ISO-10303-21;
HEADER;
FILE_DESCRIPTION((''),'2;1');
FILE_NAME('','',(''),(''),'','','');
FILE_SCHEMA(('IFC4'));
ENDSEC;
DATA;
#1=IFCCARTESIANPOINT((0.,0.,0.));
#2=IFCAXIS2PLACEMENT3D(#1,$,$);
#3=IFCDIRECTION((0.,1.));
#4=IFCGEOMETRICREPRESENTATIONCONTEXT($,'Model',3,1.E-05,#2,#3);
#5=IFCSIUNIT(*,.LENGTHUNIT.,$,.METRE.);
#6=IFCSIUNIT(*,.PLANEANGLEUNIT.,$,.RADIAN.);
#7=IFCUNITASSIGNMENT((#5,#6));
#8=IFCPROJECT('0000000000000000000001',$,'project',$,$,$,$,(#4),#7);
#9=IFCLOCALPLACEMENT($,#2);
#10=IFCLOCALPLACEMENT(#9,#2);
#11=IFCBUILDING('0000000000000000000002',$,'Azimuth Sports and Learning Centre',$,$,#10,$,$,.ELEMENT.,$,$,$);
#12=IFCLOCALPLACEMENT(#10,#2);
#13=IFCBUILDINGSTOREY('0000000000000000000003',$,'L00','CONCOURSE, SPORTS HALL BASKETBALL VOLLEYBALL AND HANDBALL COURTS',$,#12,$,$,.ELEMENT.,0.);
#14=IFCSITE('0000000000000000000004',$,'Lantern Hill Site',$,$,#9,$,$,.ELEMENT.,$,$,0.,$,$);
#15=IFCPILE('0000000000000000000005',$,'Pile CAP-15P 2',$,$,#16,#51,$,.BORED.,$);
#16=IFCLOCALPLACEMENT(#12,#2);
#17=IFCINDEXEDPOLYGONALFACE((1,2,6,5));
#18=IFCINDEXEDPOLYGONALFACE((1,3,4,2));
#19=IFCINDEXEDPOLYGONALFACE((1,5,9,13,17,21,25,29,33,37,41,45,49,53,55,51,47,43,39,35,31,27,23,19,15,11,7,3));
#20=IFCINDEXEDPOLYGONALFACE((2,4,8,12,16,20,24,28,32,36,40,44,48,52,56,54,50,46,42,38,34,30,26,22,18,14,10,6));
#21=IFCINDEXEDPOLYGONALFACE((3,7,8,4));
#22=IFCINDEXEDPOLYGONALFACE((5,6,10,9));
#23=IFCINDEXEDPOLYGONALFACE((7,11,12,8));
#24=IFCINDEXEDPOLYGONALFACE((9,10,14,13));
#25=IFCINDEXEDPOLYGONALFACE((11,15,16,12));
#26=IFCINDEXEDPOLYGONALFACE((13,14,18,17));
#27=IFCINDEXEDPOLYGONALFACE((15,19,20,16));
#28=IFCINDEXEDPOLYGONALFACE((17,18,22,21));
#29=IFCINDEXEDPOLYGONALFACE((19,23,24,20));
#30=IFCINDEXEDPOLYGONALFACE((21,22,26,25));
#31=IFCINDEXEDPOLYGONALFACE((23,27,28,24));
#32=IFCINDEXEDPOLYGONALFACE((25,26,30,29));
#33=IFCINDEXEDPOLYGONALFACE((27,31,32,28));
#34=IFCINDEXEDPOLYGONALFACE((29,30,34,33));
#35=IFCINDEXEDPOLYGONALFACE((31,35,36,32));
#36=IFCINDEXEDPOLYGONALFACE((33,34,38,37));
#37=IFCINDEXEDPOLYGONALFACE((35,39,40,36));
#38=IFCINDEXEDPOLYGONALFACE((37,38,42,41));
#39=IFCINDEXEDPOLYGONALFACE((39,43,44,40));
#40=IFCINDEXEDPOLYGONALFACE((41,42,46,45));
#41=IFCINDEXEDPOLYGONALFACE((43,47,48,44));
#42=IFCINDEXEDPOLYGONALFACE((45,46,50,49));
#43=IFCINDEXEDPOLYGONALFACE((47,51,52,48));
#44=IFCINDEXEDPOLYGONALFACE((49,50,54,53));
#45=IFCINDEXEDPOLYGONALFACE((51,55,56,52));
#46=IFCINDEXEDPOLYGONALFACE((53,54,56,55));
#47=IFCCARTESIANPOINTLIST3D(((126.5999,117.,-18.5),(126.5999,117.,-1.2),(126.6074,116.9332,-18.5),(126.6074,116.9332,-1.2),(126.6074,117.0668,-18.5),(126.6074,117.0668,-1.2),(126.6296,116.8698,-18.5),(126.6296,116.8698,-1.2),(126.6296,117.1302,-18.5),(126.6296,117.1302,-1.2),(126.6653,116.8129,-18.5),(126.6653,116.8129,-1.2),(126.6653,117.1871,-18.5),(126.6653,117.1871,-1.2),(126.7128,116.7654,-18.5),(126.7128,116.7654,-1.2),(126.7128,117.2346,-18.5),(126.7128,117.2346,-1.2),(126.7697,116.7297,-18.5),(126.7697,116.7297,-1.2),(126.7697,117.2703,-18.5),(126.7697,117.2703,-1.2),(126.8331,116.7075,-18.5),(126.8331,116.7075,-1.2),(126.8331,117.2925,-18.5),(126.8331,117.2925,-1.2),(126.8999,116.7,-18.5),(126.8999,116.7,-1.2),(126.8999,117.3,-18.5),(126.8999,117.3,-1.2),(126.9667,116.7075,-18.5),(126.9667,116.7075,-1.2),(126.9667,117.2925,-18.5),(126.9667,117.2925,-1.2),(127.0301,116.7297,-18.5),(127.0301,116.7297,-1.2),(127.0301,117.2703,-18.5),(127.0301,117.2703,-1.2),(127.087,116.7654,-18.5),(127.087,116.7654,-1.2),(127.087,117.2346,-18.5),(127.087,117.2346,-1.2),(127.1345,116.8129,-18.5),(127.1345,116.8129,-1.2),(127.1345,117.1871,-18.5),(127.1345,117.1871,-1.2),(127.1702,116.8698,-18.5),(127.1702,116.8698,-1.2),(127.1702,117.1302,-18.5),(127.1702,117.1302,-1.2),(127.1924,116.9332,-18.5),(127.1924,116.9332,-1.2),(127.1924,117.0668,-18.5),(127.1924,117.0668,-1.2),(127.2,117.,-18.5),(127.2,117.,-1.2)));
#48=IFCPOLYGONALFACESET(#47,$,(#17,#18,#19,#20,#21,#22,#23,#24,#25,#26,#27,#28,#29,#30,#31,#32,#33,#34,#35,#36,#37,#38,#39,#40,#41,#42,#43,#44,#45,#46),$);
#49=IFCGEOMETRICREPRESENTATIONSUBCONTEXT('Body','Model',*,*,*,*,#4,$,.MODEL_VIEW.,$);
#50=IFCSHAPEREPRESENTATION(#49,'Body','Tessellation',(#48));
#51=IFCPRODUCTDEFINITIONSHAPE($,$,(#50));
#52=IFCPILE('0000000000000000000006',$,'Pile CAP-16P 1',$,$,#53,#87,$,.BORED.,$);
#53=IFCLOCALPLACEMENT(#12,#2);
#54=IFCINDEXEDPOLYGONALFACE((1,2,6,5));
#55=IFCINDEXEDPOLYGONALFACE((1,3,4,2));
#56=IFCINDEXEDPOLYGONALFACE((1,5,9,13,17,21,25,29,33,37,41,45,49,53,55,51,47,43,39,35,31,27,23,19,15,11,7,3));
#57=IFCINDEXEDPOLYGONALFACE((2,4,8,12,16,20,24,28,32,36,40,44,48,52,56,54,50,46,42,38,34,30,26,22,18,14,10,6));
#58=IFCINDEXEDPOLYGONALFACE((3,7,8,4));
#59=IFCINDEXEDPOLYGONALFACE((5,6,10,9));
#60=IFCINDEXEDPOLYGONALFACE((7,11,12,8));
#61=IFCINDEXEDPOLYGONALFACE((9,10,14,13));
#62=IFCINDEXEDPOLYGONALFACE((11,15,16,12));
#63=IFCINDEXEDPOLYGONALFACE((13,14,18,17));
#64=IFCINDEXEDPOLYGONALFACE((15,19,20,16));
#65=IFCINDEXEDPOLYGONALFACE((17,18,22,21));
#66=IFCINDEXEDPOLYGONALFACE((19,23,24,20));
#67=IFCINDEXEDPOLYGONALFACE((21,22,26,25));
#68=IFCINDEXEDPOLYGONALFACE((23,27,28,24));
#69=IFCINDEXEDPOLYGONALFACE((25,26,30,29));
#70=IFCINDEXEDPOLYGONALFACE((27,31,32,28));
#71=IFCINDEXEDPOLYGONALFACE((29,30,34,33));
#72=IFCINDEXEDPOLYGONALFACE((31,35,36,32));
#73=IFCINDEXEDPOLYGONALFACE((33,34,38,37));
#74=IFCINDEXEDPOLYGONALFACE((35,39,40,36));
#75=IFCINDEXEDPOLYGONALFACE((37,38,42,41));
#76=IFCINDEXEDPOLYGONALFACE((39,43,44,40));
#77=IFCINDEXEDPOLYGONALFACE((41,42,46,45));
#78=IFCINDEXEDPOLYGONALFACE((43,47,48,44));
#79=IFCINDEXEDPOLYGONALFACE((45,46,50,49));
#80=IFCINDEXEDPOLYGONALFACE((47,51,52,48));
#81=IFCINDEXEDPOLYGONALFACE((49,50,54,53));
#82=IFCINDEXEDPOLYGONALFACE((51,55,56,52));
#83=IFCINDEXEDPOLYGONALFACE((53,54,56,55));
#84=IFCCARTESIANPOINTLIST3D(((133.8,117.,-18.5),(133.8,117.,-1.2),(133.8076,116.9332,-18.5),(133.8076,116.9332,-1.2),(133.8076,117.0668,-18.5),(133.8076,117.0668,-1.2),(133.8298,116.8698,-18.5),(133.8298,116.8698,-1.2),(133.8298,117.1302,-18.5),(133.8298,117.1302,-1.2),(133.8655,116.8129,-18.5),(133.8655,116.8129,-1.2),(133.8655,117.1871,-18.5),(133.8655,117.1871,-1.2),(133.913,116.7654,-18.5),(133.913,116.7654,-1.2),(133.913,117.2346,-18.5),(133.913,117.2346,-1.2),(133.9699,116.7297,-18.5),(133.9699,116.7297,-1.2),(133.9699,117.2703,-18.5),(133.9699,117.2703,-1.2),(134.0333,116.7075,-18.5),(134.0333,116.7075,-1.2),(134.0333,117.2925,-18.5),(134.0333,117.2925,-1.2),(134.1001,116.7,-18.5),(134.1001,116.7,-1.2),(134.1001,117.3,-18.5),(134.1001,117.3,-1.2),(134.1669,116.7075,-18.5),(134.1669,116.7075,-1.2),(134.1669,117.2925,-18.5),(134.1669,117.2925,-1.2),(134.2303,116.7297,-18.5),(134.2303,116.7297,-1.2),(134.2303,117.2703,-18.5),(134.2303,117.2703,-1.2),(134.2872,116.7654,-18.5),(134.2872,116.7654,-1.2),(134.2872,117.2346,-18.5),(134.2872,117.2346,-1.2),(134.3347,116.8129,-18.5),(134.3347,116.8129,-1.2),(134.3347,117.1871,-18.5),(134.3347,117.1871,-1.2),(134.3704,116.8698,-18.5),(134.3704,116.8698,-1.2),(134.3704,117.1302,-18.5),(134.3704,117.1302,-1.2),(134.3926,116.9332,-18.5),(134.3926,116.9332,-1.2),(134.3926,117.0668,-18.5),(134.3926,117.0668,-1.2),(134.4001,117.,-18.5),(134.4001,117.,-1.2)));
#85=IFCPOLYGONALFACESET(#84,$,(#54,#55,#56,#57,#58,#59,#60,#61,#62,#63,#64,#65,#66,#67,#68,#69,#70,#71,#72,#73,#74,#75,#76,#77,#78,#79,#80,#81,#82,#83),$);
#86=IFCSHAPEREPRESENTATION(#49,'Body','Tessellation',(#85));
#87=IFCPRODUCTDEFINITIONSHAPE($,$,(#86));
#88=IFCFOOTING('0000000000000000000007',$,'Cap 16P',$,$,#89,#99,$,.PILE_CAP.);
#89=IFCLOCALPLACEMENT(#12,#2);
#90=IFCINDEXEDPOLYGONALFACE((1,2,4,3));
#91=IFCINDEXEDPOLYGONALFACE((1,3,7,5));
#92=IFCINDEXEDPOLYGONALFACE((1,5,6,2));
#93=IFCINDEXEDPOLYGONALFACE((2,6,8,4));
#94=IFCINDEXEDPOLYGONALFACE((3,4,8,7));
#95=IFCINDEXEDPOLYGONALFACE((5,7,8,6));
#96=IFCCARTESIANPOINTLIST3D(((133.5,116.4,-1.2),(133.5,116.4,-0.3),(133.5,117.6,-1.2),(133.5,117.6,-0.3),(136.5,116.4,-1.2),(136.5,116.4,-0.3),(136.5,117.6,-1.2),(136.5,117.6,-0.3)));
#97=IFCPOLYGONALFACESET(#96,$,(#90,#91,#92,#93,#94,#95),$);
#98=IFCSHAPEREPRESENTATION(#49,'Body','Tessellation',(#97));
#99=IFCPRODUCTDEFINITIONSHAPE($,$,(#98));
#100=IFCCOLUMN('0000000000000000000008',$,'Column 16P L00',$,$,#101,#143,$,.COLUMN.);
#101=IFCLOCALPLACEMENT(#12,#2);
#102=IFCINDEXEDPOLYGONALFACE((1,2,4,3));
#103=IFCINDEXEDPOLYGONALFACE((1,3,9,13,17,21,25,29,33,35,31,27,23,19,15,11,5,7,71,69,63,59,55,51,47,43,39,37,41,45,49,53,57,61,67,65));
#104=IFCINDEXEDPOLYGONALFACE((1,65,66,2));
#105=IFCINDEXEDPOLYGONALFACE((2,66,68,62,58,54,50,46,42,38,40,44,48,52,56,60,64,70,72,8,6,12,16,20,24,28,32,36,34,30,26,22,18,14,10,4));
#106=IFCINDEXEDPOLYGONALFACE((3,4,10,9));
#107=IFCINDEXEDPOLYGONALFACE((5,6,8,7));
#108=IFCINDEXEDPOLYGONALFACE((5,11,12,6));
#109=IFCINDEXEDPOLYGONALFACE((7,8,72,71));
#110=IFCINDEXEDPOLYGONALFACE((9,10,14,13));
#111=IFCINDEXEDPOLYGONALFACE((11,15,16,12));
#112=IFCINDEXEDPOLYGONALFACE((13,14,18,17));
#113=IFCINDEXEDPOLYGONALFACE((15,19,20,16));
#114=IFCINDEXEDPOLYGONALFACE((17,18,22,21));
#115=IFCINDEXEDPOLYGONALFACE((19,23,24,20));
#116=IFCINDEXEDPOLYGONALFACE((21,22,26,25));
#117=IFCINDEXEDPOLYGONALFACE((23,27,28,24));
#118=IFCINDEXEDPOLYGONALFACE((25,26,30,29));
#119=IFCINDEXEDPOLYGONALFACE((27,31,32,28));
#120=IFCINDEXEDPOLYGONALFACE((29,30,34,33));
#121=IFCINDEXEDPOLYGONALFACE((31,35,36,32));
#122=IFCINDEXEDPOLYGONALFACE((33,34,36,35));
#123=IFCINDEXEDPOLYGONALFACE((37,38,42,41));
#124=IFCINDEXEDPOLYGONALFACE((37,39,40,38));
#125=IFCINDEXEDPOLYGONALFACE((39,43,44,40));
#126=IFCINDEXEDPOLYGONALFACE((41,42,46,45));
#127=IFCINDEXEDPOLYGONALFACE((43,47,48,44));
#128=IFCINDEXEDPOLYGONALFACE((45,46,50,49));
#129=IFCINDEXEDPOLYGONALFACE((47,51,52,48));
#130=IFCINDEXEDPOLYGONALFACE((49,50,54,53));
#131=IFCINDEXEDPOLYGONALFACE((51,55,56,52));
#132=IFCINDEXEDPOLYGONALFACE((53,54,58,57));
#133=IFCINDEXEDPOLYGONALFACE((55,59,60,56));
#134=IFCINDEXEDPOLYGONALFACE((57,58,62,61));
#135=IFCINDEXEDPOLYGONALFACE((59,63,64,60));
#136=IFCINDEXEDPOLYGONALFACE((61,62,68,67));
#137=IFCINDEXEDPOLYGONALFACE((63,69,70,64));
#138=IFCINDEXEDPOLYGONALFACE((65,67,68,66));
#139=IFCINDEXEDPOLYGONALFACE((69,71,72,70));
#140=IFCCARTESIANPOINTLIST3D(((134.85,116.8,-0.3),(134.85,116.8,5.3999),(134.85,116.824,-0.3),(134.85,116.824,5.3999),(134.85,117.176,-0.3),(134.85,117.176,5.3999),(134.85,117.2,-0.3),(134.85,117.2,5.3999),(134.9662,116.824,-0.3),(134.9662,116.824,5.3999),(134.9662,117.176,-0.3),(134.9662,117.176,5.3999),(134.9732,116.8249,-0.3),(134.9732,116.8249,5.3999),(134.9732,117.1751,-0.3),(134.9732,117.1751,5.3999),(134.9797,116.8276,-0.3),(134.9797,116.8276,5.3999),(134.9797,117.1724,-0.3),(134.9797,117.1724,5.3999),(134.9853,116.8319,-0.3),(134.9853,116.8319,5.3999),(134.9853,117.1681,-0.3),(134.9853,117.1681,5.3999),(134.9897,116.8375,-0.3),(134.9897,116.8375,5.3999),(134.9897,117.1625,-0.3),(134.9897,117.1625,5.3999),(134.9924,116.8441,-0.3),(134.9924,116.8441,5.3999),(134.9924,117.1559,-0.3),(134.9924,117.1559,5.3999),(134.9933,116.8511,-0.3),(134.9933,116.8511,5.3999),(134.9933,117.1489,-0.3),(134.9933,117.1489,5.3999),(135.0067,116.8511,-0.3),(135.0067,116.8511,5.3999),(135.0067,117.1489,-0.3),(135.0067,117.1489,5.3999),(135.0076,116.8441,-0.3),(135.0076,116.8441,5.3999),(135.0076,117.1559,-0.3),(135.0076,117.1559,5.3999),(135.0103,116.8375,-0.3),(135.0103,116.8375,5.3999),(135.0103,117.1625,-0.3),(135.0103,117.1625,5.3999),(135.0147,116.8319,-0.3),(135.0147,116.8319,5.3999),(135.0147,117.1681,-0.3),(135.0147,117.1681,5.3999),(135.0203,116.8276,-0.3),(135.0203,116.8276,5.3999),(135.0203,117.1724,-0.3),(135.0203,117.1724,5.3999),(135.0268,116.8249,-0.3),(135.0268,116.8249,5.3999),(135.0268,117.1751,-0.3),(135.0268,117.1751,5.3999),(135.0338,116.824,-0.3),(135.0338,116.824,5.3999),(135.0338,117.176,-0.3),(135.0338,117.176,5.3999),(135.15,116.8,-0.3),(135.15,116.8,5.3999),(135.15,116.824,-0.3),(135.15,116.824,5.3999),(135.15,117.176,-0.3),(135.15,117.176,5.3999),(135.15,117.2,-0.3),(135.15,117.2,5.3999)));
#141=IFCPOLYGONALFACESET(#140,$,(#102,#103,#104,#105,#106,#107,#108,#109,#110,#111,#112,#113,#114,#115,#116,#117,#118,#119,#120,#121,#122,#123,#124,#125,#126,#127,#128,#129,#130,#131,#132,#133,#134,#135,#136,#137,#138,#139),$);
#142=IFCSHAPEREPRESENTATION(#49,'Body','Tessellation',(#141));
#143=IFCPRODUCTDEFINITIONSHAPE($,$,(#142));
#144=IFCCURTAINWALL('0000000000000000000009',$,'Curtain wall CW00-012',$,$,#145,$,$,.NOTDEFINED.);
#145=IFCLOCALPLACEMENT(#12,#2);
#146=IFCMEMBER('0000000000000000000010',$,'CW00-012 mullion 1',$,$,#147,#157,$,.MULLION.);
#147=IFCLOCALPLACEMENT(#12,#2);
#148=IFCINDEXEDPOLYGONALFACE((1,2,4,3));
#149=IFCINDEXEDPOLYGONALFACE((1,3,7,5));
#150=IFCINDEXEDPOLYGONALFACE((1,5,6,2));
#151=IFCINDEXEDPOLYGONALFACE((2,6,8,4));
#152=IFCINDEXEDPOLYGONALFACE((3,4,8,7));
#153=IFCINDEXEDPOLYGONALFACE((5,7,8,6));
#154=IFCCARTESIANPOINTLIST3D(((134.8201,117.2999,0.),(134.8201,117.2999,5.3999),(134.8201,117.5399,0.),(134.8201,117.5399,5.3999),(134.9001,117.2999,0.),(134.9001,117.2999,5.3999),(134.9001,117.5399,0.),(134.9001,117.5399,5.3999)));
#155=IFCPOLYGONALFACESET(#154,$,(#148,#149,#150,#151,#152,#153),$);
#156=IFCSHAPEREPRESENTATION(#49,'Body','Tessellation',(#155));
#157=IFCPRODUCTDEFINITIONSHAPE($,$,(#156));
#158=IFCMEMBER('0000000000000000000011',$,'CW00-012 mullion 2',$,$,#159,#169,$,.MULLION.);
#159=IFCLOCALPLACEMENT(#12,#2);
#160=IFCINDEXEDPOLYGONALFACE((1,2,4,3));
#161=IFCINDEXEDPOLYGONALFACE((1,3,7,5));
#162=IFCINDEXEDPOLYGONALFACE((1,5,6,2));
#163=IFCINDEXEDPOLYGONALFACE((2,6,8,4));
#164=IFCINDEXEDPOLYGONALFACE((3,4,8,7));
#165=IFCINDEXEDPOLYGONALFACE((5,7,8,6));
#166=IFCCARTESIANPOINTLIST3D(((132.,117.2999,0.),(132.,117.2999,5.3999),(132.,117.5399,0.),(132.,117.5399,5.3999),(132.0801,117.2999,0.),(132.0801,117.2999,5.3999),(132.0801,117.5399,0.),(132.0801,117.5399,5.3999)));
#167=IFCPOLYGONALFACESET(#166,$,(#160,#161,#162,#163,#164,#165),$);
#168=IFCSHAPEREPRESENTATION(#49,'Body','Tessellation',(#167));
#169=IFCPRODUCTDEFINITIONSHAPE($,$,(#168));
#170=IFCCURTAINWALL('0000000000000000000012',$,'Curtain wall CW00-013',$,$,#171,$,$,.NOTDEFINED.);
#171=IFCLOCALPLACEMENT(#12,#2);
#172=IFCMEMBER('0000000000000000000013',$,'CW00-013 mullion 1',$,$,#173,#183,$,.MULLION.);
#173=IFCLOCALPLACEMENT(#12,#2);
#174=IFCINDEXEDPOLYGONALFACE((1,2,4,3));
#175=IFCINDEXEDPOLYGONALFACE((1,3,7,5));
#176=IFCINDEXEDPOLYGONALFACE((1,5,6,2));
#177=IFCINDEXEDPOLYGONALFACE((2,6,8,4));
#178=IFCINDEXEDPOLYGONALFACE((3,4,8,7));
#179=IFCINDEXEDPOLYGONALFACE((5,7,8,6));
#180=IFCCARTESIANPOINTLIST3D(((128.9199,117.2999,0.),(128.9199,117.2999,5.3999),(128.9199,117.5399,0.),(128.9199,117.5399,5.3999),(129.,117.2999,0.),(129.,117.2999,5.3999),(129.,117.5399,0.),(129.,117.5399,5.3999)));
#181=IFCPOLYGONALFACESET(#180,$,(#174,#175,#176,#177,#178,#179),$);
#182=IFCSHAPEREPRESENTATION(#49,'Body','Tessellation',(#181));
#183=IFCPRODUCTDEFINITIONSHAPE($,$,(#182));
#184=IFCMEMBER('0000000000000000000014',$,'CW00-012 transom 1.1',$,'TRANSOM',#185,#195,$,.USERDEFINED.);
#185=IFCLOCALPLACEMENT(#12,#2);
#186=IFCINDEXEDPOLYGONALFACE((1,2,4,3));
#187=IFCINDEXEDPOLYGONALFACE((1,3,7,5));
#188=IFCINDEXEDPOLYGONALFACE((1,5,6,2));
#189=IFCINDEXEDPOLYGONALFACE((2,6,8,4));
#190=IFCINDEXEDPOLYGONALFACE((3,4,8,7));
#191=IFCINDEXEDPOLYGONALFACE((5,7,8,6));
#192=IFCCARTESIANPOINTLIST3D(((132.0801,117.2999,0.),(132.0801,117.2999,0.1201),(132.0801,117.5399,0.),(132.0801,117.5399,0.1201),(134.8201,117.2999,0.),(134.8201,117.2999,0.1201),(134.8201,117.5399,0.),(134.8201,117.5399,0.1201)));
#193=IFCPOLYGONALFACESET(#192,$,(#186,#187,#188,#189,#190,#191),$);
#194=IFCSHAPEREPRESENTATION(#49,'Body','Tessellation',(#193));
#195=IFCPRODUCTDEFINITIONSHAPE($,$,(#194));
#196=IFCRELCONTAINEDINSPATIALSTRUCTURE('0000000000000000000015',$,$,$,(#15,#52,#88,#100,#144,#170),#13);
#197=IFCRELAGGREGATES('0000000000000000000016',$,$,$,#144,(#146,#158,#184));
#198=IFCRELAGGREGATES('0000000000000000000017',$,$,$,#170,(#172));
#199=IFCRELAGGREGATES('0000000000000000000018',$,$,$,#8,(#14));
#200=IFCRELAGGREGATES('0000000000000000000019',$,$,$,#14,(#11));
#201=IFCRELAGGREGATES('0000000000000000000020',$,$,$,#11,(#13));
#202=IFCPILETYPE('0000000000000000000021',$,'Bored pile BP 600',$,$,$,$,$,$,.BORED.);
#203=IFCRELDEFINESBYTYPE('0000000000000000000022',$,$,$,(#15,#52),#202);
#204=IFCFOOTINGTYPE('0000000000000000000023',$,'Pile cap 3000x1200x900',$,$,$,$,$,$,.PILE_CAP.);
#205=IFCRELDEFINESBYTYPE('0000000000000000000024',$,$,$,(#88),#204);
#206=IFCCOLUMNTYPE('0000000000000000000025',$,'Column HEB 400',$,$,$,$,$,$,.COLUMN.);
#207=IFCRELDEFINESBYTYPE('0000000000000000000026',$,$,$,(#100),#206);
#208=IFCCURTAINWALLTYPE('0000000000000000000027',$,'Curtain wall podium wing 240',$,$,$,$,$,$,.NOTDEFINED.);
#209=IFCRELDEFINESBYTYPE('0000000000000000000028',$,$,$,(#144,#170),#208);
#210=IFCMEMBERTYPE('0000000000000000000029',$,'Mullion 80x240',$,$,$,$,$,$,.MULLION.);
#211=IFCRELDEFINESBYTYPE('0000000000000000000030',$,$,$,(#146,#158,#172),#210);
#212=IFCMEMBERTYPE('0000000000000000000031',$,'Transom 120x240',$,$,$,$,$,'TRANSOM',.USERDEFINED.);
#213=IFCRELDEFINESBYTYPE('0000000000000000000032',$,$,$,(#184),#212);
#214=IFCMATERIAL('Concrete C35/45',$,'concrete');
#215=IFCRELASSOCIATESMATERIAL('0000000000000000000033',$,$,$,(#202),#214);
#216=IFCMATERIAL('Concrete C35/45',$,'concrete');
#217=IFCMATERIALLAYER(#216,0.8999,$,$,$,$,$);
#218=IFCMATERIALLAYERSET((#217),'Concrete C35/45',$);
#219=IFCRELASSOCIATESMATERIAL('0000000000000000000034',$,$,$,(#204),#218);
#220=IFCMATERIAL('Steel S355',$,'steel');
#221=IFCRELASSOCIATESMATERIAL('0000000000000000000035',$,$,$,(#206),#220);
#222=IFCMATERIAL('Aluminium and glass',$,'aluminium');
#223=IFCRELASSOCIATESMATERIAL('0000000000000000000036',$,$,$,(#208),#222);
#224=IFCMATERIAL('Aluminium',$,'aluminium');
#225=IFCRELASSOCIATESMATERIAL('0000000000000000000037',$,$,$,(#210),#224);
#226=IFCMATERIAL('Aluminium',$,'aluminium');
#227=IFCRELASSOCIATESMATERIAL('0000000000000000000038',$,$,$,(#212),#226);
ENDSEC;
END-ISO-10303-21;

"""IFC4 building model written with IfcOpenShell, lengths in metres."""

from ifc_helpers import new_model, si_unit, direction, frame, origin, origin_2d, place, context, subcontext, project, spatial, rectangle, circle, i_section, extrude, material, layer, layer_set, material_profile, profile_set, type_object, element, aggregate, save


model = new_model("IFC4")

# Units and contexts
model_context = context("Model", 3, precision=1e-05, world=origin(), true_north=direction((0.0, 1.0)))
body_context = subcontext(model_context, "Body", "Model", "MODEL_VIEW")
ifc_project = project(units=[si_unit("LENGTHUNIT", "METRE"), si_unit("PLANEANGLEUNIT", "RADIAN")], contexts=[model_context])

# Site, building, storey
site_placement = place(None, origin())
site = spatial("IfcSite", under=ifc_project, at=site_placement, Name="Lantern Hill Site", CompositionType="ELEMENT", RefElevation=0.0)
building_placement = place(site_placement, origin())
building = spatial("IfcBuilding", under=site, at=building_placement, Name="Azimuth Sports and Learning Centre", CompositionType="ELEMENT")
storey_placement = place(building_placement, origin())
storey = spatial("IfcBuildingStorey", under=building, at=storey_placement, Name="L00", Description="CONCOURSE, SPORTS HALL BASKETBALL VOLLEYBALL AND HANDBALL COURTS", CompositionType="ELEMENT", Elevation=0.0)

# Piles
ifc_material_1 = material(Name="Concrete C35/45", Category="concrete")
ifc_material_profile_1 = material_profile(ifc_material_1, circle(Radius=0.3, at=origin_2d()), Name="BP 600")
ifc_profile_set_1 = profile_set([ifc_material_profile_1], Name="Concrete C35/45")
pile_type = type_object("IfcPileType", Name="Bored pile BP 600", PredefinedType="BORED", material=ifc_profile_set_1)
for number, where, z_axis, x_axis, name in (
    (1, (126.8999, 117.0, -1.2), (0.0, 0.0, -1.0), (1.0, 0.0, 0.0), "Pile CAP-15P 2"),
    (2, (134.1001, 117.0, -1.2), (0.0, 0.0, -1.0), (1.0, 0.0, 0.0), "Pile CAP-16P 1"),
):
    element("IfcPile", number, at=place(storey_placement, frame(where, z_axis=z_axis, x_axis=x_axis)), inside=storey, type_object=pile_type, Name=name, PredefinedType="BORED", context=body_context, shape_type="SweptSolid", body=[
        extrude(circle(Radius=0.3, at=origin_2d()), origin(), (0.0, 0.0, 1.0), 17.3),
    ])

# Footing
ifc_material_2 = material(Name="Concrete C35/45", Category="concrete")
ifc_layer_1 = layer(ifc_material_2, 0.8999)
ifc_layer_set_1 = layer_set([ifc_layer_1], Name="Concrete C35/45")
footing_type = type_object("IfcFootingType", Name="Pile cap 3000x1200x900", PredefinedType="PILE_CAP", material=ifc_layer_set_1)
footing_placement = place(storey_placement, frame((135.0, 117.0, -1.2), z_axis=(0.0, 0.0, 1.0), x_axis=(1.0, 0.0, 0.0)))
element("IfcFooting", 3, at=footing_placement, inside=storey, type_object=footing_type, Name="Cap 16P", PredefinedType="PILE_CAP", context=body_context, shape_type="SweptSolid", body=[
    extrude(rectangle(XDim=3.0, YDim=1.2, at=origin_2d()), origin(), (0.0, 0.0, 1.0), 0.8999),
])

# Column
ifc_material_3 = material(Name="Steel S355", Category="steel")
ifc_material_profile_2 = material_profile(ifc_material_3, i_section(OverallWidth=0.3, OverallDepth=0.3999, WebThickness=0.0134, FlangeThickness=0.0239, FilletRadius=0.0271, at=origin_2d()), Name="HEB 400")
ifc_profile_set_2 = profile_set([ifc_material_profile_2], Name="Steel S355")
column_type = type_object("IfcColumnType", Name="Column HEB 400", PredefinedType="COLUMN", material=ifc_profile_set_2)
column_placement = place(storey_placement, frame((135.0, 117.0, -0.3), z_axis=(0.0, 0.0, 1.0), x_axis=(1.0, 0.0, 0.0)))
element("IfcColumn", 4, at=column_placement, inside=storey, type_object=column_type, Name="Column 16P L00", PredefinedType="COLUMN", context=body_context, shape_type="SweptSolid", body=[
    extrude(i_section(OverallWidth=0.3, OverallDepth=0.3999, WebThickness=0.0134, FlangeThickness=0.0239, FilletRadius=0.0271, at=origin_2d()), origin(), (0.0, 0.0, 1.0), 5.7),
])

# Curtain wall, members
ifc_material_4 = material(Name="Aluminium and glass", Category="aluminium")
curtain_wall_type = type_object("IfcCurtainWallType", Name="Curtain wall podium wing 240", PredefinedType="NOTDEFINED", material=ifc_material_4)
curtain_wall_1_placement = place(storey_placement, origin())
curtain_wall_1 = element("IfcCurtainWall", 5, at=curtain_wall_1_placement, inside=storey, type_object=curtain_wall_type, Name="Curtain wall CW00-012", PredefinedType="NOTDEFINED")
ifc_material_5 = material(Name="Aluminium", Category="aluminium")
ifc_material_profile_3 = material_profile(ifc_material_5, rectangle(XDim=0.24, YDim=0.0801, at=origin_2d()), Name="Mullion 80x240")
ifc_profile_set_3 = profile_set([ifc_material_profile_3], Name="Aluminium")
member_type_1 = type_object("IfcMemberType", Name="Mullion 80x240", PredefinedType="MULLION", material=ifc_profile_set_3)
member_1_placement = place(storey_placement, frame((134.8601, 117.4199, 0.0), z_axis=(0.0, 0.0, 1.0), x_axis=(0.0, -1.0, 0.0)))
member_1 = element("IfcMember", 6, at=member_1_placement, type_object=member_type_1, Name="CW00-012 mullion 1", PredefinedType="MULLION", context=body_context, shape_type="SweptSolid", body=[
    extrude(rectangle(XDim=0.24, YDim=0.0801, at=origin_2d()), origin(), (0.0, 0.0, 1.0), 5.3999),
])
member_2_placement = place(storey_placement, frame((132.04, 117.4199, 0.0), z_axis=(0.0, 0.0, 1.0), x_axis=(0.0, -1.0, 0.0)))
member_2 = element("IfcMember", 7, at=member_2_placement, type_object=member_type_1, Name="CW00-012 mullion 2", PredefinedType="MULLION", context=body_context, shape_type="SweptSolid", body=[
    extrude(rectangle(XDim=0.24, YDim=0.0801, at=origin_2d()), origin(), (0.0, 0.0, 1.0), 5.3999),
])

# Curtain wall, member
curtain_wall_2_placement = place(storey_placement, origin())
curtain_wall_2 = element("IfcCurtainWall", 8, at=curtain_wall_2_placement, inside=storey, type_object=curtain_wall_type, Name="Curtain wall CW00-013", PredefinedType="NOTDEFINED")
member_3_placement = place(storey_placement, frame((128.96, 117.4199, 0.0), z_axis=(0.0, 0.0, 1.0), x_axis=(0.0, -1.0, 0.0)))
member_3 = element("IfcMember", 9, at=member_3_placement, type_object=member_type_1, Name="CW00-013 mullion 1", PredefinedType="MULLION", context=body_context, shape_type="SweptSolid", body=[
    extrude(rectangle(XDim=0.24, YDim=0.0801, at=origin_2d()), origin(), (0.0, 0.0, 1.0), 5.3999),
])

# Member
ifc_material_6 = material(Name="Aluminium", Category="aluminium")
ifc_material_profile_4 = material_profile(ifc_material_6, rectangle(XDim=0.24, YDim=0.1201, at=origin_2d()), Name="Transom 120x240")
ifc_profile_set_4 = profile_set([ifc_material_profile_4], Name="Aluminium")
member_type_2 = type_object("IfcMemberType", Name="Transom 120x240", ElementType="TRANSOM", PredefinedType="USERDEFINED", material=ifc_profile_set_4)
member_4_placement = place(storey_placement, frame((134.8201, 117.4199, 0.0601), z_axis=(-1.0, 0.0, 0.0), x_axis=(0.0, -1.0, 0.0)))
member_4 = element("IfcMember", 10, at=member_4_placement, type_object=member_type_2, Name="CW00-012 transom 1.1", ObjectType="TRANSOM", PredefinedType="USERDEFINED", context=body_context, shape_type="SweptSolid", body=[
    extrude(rectangle(XDim=0.24, YDim=0.1201, at=origin_2d()), origin(), (0.0, 0.0, 1.0), 2.74),
])

aggregate(curtain_wall_1, [member_1, member_2, member_4])
aggregate(curtain_wall_2, [member_3])

save(model, "model.ifc")
